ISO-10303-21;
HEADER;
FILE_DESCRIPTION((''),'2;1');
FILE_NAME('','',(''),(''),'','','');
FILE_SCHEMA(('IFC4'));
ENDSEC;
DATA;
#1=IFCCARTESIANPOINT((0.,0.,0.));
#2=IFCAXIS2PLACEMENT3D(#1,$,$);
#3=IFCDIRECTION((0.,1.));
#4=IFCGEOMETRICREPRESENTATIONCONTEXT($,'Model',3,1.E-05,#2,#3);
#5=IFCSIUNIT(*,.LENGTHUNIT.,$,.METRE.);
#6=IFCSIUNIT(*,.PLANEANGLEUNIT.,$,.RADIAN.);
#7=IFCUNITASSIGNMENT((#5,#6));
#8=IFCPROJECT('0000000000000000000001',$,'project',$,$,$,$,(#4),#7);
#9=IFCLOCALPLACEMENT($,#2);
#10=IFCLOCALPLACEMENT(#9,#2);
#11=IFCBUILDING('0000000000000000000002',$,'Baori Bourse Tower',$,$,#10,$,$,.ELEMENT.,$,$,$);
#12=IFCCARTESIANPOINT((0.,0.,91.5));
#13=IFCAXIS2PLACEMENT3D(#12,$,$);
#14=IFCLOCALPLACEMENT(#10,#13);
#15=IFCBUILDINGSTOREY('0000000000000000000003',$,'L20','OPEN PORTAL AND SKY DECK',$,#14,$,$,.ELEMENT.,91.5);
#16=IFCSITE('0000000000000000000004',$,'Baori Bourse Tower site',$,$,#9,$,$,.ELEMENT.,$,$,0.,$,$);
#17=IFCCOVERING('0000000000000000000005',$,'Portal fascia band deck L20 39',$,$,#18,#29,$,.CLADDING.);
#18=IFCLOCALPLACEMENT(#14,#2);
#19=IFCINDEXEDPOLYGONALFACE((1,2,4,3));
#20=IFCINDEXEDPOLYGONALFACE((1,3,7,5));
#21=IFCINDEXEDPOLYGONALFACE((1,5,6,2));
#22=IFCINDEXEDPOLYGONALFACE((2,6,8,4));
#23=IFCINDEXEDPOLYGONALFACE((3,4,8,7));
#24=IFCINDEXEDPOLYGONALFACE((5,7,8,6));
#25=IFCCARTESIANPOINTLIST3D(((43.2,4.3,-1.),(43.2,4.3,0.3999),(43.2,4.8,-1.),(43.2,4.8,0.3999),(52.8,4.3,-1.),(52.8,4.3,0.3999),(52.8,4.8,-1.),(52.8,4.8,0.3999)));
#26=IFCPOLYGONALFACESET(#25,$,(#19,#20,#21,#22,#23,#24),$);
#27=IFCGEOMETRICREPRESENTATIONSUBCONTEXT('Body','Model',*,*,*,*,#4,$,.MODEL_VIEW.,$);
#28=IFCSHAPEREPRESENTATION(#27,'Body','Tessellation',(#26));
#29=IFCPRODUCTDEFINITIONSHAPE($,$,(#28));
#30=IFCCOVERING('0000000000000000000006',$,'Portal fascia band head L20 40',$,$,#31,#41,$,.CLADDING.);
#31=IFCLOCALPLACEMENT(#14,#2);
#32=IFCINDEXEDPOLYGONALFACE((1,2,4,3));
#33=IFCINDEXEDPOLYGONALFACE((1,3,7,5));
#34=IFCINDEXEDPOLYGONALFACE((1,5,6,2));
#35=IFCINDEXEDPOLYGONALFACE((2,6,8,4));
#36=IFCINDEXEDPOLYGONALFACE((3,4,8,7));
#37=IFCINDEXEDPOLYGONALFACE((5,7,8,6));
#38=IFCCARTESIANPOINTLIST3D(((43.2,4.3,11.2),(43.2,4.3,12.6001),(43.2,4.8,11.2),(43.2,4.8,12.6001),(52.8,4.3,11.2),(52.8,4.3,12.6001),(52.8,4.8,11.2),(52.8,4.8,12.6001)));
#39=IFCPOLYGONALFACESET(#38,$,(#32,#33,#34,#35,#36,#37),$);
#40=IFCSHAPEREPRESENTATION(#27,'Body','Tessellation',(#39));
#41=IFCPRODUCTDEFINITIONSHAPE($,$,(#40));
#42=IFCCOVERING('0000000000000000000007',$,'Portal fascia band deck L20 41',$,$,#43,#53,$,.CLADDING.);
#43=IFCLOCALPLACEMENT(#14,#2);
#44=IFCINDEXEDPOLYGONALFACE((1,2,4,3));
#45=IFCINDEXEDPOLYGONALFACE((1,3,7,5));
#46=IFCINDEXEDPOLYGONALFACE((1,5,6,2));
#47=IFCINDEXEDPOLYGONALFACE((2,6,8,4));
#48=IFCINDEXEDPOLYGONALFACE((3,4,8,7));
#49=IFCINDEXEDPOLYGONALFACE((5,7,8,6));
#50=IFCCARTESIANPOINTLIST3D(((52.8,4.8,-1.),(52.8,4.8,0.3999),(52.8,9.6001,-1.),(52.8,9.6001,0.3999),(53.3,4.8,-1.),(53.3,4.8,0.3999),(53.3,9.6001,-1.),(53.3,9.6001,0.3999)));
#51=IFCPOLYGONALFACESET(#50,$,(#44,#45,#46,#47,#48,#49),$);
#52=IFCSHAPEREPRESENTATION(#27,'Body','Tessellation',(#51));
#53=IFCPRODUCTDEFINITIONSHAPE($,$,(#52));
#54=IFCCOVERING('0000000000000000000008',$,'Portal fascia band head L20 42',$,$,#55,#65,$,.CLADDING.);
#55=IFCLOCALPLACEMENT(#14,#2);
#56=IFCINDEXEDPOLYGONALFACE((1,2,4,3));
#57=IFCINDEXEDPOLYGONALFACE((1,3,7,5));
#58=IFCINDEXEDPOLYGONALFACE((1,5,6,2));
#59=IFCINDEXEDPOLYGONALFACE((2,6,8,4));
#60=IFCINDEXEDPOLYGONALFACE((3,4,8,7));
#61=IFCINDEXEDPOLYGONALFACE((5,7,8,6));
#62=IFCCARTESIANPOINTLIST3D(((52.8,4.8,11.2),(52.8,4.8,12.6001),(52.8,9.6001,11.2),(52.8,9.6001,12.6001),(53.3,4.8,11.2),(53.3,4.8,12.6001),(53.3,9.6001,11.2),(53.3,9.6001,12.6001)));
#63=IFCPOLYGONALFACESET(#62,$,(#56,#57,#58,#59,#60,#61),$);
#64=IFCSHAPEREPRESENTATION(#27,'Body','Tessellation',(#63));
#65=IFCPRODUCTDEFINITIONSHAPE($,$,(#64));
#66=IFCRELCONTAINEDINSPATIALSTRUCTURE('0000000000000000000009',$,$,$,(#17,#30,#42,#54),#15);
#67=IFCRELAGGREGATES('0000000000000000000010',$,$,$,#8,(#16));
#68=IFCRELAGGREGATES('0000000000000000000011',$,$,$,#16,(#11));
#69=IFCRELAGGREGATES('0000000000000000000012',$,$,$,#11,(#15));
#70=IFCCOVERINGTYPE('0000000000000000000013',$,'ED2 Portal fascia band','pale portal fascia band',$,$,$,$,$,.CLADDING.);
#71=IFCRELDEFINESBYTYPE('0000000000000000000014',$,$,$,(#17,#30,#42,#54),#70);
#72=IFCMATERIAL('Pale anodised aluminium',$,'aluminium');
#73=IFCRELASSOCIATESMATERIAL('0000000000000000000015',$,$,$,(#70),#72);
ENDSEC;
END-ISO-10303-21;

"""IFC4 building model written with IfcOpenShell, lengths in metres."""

from ifc_helpers import new_model, si_unit, direction, frame, origin, place, context, subcontext, project, spatial, polyline, outline, extrude, material, type_object, element, save


model = new_model("IFC4")

# Units and contexts
model_context = context("Model", 3, precision=1e-05, world=origin(), true_north=direction((0.0, 1.0)))
body_context = subcontext(model_context, "Body", "Model", "MODEL_VIEW")
ifc_project = project(units=[si_unit("LENGTHUNIT", "METRE"), si_unit("PLANEANGLEUNIT", "RADIAN")], contexts=[model_context])

# Site, building, storey
site_placement = place(None, origin())
site = spatial("IfcSite", under=ifc_project, at=site_placement, Name="Baori Bourse Tower site", CompositionType="ELEMENT", RefElevation=0.0)
building_placement = place(site_placement, origin())
building = spatial("IfcBuilding", under=site, at=building_placement, Name="Baori Bourse Tower", CompositionType="ELEMENT")
storey_placement = place(building_placement, frame((0.0, 0.0, 91.5)))
storey = spatial("IfcBuildingStorey", under=building, at=storey_placement, Name="L20", Description="OPEN PORTAL AND SKY DECK", CompositionType="ELEMENT", Elevation=91.5)

# Coverings
ifc_material_1 = material(Name="Pale anodised aluminium", Category="aluminium")
covering_type = type_object("IfcCoveringType", Name="ED2 Portal fascia band", Description="pale portal fascia band", PredefinedType="CLADDING", material=ifc_material_1)
covering_1_placement = place(storey_placement, frame((0.0, 0.0, -1.0)))
element("IfcCovering", 1, at=covering_1_placement, inside=storey, type_object=covering_type, Name="Portal fascia band deck L20 39", PredefinedType="CLADDING", context=body_context, shape_type="SweptSolid", body=[
    extrude(outline(polyline([(52.8, 4.8), (43.2, 4.8), (43.2, 4.3), (52.8, 4.3), (52.8, 4.8)])), origin(), (0.0, 0.0, 1.0), 1.3999),
])
covering_2_placement = place(storey_placement, frame((0.0, 0.0, 11.2)))
element("IfcCovering", 2, at=covering_2_placement, inside=storey, type_object=covering_type, Name="Portal fascia band head L20 40", PredefinedType="CLADDING", context=body_context, shape_type="SweptSolid", body=[
    extrude(outline(polyline([(52.8, 4.8), (43.2, 4.8), (43.2, 4.3), (52.8, 4.3), (52.8, 4.8)])), origin(), (0.0, 0.0, 1.0), 1.4001),
])
covering_3_placement = place(storey_placement, frame((0.0, 0.0, -1.0)))
element("IfcCovering", 3, at=covering_3_placement, inside=storey, type_object=covering_type, Name="Portal fascia band deck L20 41", PredefinedType="CLADDING", context=body_context, shape_type="SweptSolid", body=[
    extrude(outline(polyline([(52.8, 9.6001), (52.8, 4.8), (53.3, 4.8), (53.3, 9.6001), (52.8, 9.6001)])), origin(), (0.0, 0.0, 1.0), 1.3999),
])
covering_4_placement = place(storey_placement, frame((0.0, 0.0, 11.2)))
element("IfcCovering", 4, at=covering_4_placement, inside=storey, type_object=covering_type, Name="Portal fascia band head L20 42", PredefinedType="CLADDING", context=body_context, shape_type="SweptSolid", body=[
    extrude(outline(polyline([(52.8, 9.6001), (52.8, 4.8), (53.3, 4.8), (53.3, 9.6001), (52.8, 9.6001)])), origin(), (0.0, 0.0, 1.0), 1.4001),
])

save(model, "model.ifc")
